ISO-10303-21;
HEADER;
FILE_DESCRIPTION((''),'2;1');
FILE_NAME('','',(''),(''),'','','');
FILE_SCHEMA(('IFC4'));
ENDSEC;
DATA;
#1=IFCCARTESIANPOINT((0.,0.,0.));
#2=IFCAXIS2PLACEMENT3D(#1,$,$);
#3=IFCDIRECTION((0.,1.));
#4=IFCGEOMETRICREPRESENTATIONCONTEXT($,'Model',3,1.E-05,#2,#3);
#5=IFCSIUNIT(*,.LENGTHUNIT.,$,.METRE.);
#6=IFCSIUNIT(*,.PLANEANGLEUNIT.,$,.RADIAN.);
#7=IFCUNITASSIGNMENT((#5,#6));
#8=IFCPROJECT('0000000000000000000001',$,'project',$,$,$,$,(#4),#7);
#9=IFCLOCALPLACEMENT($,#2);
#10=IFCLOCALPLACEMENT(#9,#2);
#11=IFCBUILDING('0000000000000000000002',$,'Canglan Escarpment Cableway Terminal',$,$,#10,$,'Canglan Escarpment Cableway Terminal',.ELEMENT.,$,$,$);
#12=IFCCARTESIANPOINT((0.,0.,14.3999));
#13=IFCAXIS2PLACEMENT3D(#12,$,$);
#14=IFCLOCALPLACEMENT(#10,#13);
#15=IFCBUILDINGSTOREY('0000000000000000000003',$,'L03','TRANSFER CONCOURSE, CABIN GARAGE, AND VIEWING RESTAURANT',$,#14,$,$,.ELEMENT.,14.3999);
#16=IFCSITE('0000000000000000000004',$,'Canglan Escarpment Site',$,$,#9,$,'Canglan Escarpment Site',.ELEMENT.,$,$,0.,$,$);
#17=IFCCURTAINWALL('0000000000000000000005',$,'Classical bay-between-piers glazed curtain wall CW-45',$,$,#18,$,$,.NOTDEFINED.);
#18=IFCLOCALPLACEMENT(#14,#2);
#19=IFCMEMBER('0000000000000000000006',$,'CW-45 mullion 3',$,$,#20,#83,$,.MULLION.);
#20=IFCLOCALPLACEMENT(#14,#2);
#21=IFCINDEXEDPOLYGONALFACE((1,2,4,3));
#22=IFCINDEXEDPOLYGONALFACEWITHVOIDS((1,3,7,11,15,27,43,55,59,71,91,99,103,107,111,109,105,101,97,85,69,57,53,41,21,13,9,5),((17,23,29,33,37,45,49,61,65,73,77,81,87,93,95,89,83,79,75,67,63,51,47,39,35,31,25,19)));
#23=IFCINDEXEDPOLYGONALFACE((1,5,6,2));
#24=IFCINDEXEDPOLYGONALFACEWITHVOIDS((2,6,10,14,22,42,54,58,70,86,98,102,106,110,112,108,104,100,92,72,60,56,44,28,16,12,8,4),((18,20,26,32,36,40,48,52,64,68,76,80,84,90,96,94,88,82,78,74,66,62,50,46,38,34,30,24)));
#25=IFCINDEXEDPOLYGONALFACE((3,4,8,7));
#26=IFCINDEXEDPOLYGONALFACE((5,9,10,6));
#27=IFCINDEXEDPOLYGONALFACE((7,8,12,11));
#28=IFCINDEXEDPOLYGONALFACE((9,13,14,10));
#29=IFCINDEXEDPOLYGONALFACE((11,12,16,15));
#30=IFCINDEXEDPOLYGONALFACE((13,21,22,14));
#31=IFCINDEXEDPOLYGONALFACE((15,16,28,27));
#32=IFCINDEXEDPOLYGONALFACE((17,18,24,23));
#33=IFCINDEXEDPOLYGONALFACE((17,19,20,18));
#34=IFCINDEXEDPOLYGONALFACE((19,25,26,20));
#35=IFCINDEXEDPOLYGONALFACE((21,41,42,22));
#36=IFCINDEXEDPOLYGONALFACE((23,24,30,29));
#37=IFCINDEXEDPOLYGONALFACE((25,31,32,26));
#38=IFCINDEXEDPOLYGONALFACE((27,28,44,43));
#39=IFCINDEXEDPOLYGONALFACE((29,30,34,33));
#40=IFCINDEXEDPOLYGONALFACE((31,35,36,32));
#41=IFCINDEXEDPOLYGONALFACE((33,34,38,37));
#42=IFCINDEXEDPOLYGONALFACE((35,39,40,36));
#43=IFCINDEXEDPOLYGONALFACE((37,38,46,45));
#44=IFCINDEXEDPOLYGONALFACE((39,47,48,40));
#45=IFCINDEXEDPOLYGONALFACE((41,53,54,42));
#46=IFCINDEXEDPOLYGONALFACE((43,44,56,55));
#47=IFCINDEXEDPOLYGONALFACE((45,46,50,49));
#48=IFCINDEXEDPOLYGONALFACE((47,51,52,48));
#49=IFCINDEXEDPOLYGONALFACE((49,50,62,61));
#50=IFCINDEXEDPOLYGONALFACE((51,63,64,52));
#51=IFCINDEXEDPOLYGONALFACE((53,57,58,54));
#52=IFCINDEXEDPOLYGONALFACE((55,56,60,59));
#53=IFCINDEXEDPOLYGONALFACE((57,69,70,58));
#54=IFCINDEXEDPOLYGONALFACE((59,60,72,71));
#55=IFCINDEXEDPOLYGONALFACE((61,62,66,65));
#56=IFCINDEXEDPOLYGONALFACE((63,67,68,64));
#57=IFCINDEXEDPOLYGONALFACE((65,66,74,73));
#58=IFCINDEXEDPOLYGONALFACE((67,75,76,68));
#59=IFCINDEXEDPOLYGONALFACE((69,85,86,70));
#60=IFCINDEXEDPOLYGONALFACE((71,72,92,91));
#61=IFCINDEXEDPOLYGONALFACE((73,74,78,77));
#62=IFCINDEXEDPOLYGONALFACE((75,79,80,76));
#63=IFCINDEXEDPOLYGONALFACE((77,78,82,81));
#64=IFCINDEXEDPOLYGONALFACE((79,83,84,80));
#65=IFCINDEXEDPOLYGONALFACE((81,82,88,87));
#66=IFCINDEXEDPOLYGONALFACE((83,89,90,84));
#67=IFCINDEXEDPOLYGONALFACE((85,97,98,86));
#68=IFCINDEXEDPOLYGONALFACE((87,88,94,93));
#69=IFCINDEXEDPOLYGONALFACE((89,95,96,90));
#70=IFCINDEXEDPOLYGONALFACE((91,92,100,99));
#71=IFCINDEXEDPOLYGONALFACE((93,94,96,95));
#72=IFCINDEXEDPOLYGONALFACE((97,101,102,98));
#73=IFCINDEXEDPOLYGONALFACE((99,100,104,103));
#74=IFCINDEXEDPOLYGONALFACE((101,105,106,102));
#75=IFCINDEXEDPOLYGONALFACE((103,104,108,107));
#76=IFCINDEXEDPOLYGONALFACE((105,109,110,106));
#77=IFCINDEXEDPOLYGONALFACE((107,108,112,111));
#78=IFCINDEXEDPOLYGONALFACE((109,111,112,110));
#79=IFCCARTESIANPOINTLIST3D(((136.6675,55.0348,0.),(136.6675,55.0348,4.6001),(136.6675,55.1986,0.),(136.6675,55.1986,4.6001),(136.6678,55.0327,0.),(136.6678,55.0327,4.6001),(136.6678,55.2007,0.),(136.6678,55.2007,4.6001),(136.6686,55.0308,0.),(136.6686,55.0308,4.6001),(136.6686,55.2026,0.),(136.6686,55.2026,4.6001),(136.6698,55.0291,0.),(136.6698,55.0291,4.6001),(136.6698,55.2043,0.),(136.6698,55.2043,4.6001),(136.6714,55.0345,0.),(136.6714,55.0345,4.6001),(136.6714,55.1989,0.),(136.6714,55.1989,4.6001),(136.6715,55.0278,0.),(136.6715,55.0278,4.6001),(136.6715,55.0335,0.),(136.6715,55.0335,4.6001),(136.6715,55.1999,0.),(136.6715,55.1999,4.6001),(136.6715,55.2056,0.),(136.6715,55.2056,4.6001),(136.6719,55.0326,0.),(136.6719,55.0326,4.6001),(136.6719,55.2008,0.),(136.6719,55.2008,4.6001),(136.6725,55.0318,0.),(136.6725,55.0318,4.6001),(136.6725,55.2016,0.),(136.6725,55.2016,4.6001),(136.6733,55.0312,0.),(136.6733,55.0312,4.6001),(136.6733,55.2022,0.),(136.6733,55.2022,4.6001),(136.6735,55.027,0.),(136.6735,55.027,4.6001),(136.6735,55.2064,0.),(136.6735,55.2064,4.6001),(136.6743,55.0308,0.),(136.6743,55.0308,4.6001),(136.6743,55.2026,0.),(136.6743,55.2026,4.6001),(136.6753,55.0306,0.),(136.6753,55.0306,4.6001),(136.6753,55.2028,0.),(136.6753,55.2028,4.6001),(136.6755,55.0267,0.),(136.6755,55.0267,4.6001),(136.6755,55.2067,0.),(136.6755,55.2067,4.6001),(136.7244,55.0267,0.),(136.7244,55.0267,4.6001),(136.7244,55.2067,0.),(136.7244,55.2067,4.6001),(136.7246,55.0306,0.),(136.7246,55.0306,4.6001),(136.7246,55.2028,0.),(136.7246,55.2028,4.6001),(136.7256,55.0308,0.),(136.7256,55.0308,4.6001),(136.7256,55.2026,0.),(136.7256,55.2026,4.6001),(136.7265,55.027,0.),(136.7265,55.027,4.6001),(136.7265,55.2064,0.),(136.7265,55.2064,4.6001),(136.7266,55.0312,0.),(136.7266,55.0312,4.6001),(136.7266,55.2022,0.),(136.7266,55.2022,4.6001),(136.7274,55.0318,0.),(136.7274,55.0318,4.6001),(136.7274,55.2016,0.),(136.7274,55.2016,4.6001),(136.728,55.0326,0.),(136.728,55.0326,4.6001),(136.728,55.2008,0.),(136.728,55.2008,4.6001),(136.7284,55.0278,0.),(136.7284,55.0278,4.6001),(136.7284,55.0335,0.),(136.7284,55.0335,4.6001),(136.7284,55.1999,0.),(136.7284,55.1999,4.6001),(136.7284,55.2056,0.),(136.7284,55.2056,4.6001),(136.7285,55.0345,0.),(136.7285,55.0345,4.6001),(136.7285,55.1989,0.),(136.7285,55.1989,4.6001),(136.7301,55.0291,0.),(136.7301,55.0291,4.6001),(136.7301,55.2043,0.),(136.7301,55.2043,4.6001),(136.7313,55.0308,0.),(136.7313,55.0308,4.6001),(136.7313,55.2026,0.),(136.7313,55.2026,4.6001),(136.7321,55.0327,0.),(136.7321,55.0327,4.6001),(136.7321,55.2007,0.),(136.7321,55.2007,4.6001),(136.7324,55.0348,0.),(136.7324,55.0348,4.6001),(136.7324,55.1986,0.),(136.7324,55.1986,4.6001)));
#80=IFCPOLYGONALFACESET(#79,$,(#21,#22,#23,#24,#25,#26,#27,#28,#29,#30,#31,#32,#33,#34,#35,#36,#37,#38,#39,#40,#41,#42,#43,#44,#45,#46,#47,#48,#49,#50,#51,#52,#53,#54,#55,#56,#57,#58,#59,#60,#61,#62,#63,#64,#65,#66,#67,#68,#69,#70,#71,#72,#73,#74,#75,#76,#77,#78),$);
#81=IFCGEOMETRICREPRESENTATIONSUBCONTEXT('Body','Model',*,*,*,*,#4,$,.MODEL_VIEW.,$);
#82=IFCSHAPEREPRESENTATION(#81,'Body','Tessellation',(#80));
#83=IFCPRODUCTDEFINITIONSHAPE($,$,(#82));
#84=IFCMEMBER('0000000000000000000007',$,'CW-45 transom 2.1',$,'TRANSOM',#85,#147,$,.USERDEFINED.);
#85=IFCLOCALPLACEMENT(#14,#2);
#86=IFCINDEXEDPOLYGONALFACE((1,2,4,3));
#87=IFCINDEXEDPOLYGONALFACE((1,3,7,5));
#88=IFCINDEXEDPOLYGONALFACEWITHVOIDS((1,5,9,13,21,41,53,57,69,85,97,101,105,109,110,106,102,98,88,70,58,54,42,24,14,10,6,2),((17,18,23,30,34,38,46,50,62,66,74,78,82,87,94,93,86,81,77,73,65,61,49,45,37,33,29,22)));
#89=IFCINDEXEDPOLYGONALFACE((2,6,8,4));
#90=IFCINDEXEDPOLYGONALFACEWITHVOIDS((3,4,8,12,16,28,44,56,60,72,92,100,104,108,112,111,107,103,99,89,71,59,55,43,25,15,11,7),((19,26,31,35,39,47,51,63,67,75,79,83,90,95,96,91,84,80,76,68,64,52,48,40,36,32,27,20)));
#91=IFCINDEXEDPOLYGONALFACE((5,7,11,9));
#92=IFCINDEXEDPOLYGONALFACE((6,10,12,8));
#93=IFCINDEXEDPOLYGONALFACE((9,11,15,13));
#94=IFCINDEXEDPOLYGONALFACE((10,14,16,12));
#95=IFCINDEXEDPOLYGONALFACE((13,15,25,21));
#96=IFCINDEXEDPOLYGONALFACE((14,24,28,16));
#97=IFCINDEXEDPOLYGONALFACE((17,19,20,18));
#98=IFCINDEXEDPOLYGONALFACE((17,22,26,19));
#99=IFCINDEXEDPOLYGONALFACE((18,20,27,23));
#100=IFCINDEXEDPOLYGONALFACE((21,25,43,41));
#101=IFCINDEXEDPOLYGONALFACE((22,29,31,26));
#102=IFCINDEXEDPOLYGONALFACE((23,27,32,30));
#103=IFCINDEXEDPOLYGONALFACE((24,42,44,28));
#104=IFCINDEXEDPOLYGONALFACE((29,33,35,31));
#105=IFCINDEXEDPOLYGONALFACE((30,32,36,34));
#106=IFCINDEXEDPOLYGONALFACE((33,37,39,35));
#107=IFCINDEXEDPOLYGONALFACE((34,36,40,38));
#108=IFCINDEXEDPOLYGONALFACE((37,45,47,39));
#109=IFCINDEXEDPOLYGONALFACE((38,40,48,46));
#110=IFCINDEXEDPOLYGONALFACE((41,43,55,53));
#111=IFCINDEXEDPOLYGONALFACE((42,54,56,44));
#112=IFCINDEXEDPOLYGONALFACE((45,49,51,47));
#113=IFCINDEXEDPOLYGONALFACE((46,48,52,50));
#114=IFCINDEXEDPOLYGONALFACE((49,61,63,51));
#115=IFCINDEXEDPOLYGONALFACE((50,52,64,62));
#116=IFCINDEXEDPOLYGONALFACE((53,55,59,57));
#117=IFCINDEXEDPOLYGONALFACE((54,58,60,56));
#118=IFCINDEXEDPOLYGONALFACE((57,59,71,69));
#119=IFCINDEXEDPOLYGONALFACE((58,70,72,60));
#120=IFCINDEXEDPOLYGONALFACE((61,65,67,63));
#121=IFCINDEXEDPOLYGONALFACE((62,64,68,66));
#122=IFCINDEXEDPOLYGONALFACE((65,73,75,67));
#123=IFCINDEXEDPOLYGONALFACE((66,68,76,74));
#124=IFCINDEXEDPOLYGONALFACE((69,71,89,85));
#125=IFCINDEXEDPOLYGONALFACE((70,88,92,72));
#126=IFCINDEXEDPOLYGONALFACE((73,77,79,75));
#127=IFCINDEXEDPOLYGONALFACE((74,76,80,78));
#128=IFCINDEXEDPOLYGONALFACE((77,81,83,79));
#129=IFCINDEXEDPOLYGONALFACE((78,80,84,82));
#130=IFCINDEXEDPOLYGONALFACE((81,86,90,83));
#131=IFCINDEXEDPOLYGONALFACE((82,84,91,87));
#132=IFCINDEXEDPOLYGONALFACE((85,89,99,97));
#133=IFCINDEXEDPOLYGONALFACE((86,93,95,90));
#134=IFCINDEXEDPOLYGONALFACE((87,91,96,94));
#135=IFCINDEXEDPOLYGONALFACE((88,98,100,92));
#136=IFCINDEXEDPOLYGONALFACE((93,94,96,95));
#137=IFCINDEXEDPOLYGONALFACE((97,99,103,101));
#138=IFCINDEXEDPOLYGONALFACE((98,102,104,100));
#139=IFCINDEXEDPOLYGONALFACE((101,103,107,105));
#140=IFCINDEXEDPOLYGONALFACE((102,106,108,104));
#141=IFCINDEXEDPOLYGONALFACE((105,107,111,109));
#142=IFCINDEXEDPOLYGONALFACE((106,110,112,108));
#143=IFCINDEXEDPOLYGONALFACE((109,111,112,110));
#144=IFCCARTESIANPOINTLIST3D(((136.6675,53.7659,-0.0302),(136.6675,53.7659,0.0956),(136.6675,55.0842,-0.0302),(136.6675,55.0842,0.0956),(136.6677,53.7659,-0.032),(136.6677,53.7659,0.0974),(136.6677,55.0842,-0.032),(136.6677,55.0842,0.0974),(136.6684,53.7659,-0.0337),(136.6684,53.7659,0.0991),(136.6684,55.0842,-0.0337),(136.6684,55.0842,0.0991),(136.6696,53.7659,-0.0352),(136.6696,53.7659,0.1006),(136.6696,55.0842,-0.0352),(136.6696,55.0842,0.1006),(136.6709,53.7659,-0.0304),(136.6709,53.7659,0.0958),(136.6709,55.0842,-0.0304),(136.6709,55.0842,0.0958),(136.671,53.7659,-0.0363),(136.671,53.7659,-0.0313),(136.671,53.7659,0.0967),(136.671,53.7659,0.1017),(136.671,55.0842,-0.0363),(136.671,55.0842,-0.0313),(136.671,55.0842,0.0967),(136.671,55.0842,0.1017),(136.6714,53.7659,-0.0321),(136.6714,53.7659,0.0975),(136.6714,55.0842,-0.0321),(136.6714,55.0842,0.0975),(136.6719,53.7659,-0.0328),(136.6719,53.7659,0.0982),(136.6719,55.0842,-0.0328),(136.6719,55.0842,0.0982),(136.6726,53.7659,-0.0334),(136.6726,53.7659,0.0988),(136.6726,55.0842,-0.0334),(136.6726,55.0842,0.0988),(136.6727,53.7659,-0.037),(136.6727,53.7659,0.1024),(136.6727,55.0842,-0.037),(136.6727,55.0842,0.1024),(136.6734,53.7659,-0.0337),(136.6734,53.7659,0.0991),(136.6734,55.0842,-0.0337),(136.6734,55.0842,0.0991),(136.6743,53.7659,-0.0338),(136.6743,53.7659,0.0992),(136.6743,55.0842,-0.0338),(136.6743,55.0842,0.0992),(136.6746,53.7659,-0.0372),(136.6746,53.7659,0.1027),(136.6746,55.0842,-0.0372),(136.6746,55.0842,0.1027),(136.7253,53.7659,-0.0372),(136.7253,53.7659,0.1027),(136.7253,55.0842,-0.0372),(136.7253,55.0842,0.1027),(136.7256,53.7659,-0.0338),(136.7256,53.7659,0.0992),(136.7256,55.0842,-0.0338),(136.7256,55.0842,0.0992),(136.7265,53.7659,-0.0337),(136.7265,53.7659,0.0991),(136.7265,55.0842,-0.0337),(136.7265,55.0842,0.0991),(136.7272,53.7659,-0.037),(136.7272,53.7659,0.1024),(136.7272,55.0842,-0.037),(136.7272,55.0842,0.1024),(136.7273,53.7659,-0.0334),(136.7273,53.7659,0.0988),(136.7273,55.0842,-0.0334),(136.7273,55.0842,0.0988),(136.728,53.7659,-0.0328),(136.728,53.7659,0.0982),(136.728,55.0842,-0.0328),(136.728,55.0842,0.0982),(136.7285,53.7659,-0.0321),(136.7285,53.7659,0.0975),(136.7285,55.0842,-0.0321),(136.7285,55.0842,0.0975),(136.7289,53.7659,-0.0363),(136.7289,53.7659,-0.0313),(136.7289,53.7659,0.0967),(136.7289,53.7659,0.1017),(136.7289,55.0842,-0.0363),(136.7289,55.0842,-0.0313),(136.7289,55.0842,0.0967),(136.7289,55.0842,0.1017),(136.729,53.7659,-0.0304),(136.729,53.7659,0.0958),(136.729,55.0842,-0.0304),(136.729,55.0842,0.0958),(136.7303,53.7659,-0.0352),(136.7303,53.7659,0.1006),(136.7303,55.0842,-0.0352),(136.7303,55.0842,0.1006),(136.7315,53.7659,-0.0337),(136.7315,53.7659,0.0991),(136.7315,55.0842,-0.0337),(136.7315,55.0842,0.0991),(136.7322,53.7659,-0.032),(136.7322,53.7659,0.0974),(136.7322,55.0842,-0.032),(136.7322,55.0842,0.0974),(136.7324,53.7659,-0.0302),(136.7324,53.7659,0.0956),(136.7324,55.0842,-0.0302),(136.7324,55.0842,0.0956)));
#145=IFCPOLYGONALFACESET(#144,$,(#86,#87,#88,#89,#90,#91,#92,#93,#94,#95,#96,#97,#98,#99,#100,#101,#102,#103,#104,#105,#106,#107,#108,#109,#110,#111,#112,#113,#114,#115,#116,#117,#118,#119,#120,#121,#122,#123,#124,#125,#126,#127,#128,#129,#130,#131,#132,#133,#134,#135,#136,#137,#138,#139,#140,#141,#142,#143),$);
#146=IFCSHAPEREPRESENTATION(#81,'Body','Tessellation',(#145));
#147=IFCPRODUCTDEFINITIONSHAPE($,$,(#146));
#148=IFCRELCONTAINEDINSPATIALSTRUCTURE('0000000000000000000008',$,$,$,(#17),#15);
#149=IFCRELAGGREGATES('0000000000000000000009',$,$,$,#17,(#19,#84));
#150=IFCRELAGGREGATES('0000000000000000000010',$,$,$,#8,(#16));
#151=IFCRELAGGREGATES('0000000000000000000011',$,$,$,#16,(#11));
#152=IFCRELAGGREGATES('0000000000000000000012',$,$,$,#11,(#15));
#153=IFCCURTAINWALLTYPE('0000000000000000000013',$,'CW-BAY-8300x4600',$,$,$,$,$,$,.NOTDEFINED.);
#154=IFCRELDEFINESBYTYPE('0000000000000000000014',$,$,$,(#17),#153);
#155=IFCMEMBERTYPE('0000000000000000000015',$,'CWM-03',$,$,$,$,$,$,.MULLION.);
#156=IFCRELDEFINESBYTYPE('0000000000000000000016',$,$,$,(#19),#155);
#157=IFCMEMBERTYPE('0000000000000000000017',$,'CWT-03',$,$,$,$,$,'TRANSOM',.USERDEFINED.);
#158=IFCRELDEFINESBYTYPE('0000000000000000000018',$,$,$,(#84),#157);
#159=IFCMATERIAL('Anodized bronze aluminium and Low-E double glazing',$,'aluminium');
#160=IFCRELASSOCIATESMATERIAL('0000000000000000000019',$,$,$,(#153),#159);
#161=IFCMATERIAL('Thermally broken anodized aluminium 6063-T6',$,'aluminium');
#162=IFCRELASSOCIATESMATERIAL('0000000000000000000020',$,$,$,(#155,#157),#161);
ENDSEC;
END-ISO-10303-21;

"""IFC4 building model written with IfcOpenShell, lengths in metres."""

from ifc_helpers import new_model, si_unit, direction, frame, origin, origin_2d, place, context, subcontext, project, spatial, hollow_rectangle, extrude, material, material_profile, profile_set, type_object, element, aggregate, save


model = new_model("IFC4")

# Units and contexts
model_context = context("Model", 3, precision=1e-05, world=origin(), true_north=direction((0.0, 1.0)))
body_context = subcontext(model_context, "Body", "Model", "MODEL_VIEW")
ifc_project = project(units=[si_unit("LENGTHUNIT", "METRE"), si_unit("PLANEANGLEUNIT", "RADIAN")], contexts=[model_context])

# Site, building, storey
site_placement = place(None, origin())
site = spatial("IfcSite", under=ifc_project, at=site_placement, Name="Canglan Escarpment Site", LongName="Canglan Escarpment Site", CompositionType="ELEMENT", RefElevation=0.0)
building_placement = place(site_placement, origin())
building = spatial("IfcBuilding", under=site, at=building_placement, Name="Canglan Escarpment Cableway Terminal", LongName="Canglan Escarpment Cableway Terminal", CompositionType="ELEMENT")
storey_placement = place(building_placement, frame((0.0, 0.0, 14.3999)))
storey = spatial("IfcBuildingStorey", under=building, at=storey_placement, Name="L03", Description="TRANSFER CONCOURSE, CABIN GARAGE, AND VIEWING RESTAURANT", CompositionType="ELEMENT", Elevation=14.3999)

# Curtain wall, members
ifc_material_1 = material(Name="Anodized bronze aluminium and Low-E double glazing", Category="aluminium")
curtain_wall_type = type_object("IfcCurtainWallType", Name="CW-BAY-8300x4600", PredefinedType="NOTDEFINED", material=ifc_material_1)
curtain_wall_placement = place(storey_placement, origin())
curtain_wall = element("IfcCurtainWall", 1, at=curtain_wall_placement, inside=storey, type_object=curtain_wall_type, Name="Classical bay-between-piers glazed curtain wall CW-45", PredefinedType="NOTDEFINED")
ifc_material_2 = material(Name="Thermally broken anodized aluminium 6063-T6", Category="aluminium")
ifc_material_profile_1 = material_profile(ifc_material_2, hollow_rectangle(XDim=0.0649, YDim=0.1799, WallThickness=0.0039, InnerFilletRadius=0.0039, OuterFilletRadius=0.0081, at=origin_2d()), Name="ALU-MULL 65x180x4")
ifc_profile_set_1 = profile_set([ifc_material_profile_1], Name="Thermally broken anodized aluminium 6063-T6")
member_type_1 = type_object("IfcMemberType", Name="CWM-03", PredefinedType="MULLION", material=ifc_profile_set_1)
member_1_placement = place(storey_placement, frame((136.7, 55.1167, 0.0), z_axis=(0.0, 0.0, 1.0), x_axis=(-1.0, 0.0, 0.0)))
member_1 = element("IfcMember", 2, at=member_1_placement, type_object=member_type_1, Name="CW-45 mullion 3", PredefinedType="MULLION", context=body_context, shape_type="SweptSolid", body=[
    extrude(hollow_rectangle(XDim=0.0649, YDim=0.1799, WallThickness=0.0039, InnerFilletRadius=0.0039, OuterFilletRadius=0.0081, at=origin_2d()), origin(), (0.0, 0.0, 1.0), 4.6001),
])
ifc_material_profile_2 = material_profile(ifc_material_2, hollow_rectangle(XDim=0.0649, YDim=0.1399, WallThickness=0.0034, InnerFilletRadius=0.0034, OuterFilletRadius=0.0071, at=origin_2d()), Name="ALU-TRAN 65x140x3.5")
ifc_profile_set_2 = profile_set([ifc_material_profile_2], Name="Thermally broken anodized aluminium 6063-T6")
member_type_2 = type_object("IfcMemberType", Name="CWT-03", ElementType="TRANSOM", PredefinedType="USERDEFINED", material=ifc_profile_set_2)
member_2_placement = place(storey_placement, frame((136.7, 53.7659, 0.0327), z_axis=(0.0, 1.0, 0.0), x_axis=(-1.0, 0.0, 0.0)))
member_2 = element("IfcMember", 3, at=member_2_placement, type_object=member_type_2, Name="CW-45 transom 2.1", ObjectType="TRANSOM", PredefinedType="USERDEFINED", context=body_context, shape_type="SweptSolid", body=[
    extrude(hollow_rectangle(XDim=0.0649, YDim=0.1399, WallThickness=0.0034, InnerFilletRadius=0.0034, OuterFilletRadius=0.0071, at=origin_2d()), origin(), (0.0, 0.0, 1.0), 1.3184),
])

aggregate(curtain_wall, [member_1, member_2])

save(model, "model.ifc")
